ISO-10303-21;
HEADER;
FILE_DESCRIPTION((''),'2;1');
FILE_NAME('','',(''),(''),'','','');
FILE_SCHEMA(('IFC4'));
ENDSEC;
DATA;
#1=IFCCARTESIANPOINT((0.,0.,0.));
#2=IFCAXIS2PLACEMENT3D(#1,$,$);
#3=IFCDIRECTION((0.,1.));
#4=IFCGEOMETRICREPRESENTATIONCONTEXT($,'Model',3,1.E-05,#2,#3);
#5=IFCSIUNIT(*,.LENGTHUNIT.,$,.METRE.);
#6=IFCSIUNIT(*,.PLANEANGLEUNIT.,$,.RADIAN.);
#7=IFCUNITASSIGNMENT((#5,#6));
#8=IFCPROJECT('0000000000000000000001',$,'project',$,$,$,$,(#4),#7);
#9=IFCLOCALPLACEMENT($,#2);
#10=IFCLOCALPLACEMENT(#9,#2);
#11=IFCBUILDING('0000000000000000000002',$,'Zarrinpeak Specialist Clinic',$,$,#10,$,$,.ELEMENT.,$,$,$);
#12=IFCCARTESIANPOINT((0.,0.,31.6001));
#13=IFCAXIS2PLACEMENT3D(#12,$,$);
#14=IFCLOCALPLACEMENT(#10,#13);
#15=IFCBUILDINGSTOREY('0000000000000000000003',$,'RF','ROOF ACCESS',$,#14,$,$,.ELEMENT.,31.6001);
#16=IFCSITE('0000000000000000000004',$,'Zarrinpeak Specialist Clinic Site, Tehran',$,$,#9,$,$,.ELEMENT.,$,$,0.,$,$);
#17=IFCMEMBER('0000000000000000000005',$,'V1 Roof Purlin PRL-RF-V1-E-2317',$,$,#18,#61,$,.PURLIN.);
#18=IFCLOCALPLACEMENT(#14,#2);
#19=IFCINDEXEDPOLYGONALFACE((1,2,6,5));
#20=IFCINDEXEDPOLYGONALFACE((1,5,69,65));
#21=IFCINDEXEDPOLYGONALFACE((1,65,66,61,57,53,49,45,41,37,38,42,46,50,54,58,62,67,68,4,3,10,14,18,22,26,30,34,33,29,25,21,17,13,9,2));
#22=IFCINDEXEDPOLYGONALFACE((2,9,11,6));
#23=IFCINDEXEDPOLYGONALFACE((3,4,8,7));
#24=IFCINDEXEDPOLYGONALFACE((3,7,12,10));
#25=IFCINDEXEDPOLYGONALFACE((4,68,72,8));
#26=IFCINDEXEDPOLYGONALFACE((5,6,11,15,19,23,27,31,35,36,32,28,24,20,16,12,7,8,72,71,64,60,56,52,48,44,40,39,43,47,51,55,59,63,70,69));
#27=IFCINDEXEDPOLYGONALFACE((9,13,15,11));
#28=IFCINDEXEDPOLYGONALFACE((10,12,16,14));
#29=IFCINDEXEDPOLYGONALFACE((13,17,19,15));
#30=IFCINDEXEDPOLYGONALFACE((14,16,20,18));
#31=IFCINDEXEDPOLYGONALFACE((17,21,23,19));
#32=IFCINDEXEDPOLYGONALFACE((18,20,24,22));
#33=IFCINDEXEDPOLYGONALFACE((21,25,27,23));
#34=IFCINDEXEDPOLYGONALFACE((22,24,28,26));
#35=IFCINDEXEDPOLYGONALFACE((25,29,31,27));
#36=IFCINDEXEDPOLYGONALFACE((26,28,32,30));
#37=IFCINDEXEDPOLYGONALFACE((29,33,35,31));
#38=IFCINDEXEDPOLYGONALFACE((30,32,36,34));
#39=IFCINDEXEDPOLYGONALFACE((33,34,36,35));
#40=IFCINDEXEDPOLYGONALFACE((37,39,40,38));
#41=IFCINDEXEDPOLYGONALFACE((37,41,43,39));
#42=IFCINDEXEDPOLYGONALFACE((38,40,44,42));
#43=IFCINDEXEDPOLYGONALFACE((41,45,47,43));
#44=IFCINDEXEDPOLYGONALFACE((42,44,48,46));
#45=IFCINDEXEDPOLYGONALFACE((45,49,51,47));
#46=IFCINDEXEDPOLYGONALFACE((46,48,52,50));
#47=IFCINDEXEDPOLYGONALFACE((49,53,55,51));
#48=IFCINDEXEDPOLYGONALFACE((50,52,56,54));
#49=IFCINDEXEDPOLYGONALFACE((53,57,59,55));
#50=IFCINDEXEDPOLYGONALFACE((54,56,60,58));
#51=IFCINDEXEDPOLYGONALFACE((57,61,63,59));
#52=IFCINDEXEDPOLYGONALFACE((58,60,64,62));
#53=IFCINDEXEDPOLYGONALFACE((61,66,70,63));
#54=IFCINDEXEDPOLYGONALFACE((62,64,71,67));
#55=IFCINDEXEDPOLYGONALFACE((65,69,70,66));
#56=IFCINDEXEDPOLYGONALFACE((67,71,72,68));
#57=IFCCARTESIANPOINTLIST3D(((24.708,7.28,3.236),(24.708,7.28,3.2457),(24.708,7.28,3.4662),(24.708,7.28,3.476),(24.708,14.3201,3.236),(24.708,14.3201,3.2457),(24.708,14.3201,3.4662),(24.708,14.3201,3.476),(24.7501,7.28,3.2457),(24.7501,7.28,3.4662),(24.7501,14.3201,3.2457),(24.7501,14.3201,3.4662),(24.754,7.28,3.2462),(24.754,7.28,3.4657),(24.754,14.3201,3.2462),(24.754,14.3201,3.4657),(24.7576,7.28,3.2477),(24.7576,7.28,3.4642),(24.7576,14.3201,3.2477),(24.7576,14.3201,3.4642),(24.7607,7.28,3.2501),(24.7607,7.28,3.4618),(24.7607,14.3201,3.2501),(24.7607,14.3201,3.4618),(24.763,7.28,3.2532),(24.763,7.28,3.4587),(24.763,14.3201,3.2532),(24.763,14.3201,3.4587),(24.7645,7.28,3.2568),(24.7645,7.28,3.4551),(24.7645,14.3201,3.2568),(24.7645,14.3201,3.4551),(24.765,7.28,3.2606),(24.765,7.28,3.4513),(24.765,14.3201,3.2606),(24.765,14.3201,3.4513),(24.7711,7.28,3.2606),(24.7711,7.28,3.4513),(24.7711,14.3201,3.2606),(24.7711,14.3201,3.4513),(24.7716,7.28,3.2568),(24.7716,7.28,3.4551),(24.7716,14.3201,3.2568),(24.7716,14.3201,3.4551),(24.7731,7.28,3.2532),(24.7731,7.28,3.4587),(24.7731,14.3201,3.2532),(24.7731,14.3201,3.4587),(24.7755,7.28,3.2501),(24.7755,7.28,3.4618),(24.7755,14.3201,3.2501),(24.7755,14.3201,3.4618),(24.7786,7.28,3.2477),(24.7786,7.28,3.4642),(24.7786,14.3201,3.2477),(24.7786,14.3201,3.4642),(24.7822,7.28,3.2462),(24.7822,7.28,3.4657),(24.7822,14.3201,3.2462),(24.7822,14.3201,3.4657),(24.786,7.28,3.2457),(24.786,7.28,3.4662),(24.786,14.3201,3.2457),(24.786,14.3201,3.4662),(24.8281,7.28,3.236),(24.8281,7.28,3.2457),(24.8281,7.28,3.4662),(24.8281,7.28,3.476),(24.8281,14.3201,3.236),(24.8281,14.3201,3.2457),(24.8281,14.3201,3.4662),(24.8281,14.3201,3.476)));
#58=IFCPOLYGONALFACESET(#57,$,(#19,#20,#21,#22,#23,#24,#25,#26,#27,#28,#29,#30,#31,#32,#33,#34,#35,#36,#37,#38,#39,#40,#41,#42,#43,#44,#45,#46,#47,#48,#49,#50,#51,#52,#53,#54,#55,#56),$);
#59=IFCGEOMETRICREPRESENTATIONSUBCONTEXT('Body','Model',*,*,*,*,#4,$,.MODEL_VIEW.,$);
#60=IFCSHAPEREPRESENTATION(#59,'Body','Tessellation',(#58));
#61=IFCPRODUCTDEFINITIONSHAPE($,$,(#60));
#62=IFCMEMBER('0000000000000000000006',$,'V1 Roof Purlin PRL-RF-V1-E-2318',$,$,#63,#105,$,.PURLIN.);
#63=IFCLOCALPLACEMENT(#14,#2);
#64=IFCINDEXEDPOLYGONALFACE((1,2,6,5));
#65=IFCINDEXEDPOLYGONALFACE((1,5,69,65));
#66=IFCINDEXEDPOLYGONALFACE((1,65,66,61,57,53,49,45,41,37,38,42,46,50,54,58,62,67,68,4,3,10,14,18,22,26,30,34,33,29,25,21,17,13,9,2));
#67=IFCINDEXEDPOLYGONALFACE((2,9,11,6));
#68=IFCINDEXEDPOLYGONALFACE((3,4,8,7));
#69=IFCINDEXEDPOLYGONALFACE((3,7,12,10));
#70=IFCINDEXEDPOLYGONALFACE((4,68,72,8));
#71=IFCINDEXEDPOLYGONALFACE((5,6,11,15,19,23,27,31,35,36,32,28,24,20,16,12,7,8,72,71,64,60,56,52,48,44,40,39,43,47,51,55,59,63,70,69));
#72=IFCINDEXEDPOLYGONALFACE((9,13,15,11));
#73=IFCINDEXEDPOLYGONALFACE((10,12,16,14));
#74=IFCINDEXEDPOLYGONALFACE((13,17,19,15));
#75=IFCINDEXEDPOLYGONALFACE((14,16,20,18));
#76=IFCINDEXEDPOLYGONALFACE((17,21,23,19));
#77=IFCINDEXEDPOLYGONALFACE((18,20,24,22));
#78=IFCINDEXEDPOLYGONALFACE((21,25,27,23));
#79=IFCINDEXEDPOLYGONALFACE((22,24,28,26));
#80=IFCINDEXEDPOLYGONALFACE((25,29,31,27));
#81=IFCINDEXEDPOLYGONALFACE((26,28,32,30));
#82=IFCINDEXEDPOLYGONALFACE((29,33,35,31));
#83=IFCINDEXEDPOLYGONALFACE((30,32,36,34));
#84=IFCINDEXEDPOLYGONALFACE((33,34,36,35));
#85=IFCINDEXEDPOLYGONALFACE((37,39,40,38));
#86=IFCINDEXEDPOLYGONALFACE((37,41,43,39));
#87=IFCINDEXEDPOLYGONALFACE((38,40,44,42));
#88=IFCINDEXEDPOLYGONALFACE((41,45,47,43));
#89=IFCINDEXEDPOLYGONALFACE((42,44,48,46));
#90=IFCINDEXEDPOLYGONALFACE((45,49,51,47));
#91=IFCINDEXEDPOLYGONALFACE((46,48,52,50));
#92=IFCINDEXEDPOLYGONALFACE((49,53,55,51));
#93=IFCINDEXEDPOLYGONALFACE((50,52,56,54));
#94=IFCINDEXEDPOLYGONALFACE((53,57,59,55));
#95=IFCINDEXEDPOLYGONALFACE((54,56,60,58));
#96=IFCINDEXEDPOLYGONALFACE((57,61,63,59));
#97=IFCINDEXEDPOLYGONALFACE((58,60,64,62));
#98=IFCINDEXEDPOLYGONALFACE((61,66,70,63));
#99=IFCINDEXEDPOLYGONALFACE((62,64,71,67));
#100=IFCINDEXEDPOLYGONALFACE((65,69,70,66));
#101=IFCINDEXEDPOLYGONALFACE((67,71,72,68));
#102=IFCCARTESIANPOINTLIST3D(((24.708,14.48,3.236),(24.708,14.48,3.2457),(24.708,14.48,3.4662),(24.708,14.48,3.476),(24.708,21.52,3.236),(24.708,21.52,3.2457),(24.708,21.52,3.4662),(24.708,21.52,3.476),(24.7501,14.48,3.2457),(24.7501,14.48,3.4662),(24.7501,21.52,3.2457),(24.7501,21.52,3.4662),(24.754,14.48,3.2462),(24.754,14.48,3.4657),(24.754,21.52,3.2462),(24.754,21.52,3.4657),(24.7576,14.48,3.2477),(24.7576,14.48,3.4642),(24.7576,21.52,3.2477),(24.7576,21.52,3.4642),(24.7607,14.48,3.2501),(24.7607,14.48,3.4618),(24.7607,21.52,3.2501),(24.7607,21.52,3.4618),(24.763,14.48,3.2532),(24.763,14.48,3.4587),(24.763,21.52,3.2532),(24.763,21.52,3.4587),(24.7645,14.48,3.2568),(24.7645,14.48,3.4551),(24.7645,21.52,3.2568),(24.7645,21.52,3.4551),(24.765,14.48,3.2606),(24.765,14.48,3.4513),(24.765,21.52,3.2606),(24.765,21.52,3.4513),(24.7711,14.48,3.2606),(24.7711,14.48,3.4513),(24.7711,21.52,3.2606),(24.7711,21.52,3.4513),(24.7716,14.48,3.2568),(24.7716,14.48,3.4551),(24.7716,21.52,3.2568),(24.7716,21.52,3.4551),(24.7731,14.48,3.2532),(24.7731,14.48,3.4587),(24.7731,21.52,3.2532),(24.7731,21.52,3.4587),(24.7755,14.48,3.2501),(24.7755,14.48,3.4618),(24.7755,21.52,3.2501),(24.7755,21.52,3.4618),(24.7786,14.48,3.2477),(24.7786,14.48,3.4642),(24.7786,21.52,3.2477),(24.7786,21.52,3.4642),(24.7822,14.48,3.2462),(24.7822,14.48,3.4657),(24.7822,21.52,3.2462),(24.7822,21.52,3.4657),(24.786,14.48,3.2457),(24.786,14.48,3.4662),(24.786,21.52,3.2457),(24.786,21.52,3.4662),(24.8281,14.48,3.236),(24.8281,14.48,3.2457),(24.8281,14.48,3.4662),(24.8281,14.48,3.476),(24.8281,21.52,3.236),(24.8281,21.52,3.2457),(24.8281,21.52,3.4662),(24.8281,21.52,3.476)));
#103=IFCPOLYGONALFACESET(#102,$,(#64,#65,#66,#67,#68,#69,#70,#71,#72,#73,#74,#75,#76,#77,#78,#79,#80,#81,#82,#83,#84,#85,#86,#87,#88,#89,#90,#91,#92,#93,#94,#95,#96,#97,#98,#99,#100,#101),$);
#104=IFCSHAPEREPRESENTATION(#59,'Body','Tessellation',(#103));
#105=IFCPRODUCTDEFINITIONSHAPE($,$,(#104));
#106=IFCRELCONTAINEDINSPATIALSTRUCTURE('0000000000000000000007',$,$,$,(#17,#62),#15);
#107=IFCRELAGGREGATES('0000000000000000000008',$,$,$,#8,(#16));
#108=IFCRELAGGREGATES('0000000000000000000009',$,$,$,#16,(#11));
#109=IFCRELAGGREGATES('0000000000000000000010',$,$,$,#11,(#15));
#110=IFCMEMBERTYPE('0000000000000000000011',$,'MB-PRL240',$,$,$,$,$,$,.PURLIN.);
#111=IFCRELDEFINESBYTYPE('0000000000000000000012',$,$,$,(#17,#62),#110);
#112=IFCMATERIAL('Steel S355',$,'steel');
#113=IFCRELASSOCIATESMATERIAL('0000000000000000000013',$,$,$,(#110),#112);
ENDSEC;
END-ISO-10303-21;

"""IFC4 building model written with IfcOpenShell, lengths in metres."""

from ifc_helpers import new_model, si_unit, direction, frame, origin, origin_2d, place, context, subcontext, project, spatial, i_section, extrude, material, material_profile, profile_set, type_object, element, save


model = new_model("IFC4")

# Units and contexts
model_context = context("Model", 3, precision=1e-05, world=origin(), true_north=direction((0.0, 1.0)))
body_context = subcontext(model_context, "Body", "Model", "MODEL_VIEW")
ifc_project = project(units=[si_unit("LENGTHUNIT", "METRE"), si_unit("PLANEANGLEUNIT", "RADIAN")], contexts=[model_context])

# Site, building, storey
site_placement = place(None, origin())
site = spatial("IfcSite", under=ifc_project, at=site_placement, Name="Zarrinpeak Specialist Clinic Site, Tehran", CompositionType="ELEMENT", RefElevation=0.0)
building_placement = place(site_placement, origin())
building = spatial("IfcBuilding", under=site, at=building_placement, Name="Zarrinpeak Specialist Clinic", CompositionType="ELEMENT")
storey_placement = place(building_placement, frame((0.0, 0.0, 31.6001)))
storey = spatial("IfcBuildingStorey", under=building, at=storey_placement, Name="RF", Description="ROOF ACCESS", CompositionType="ELEMENT", Elevation=31.6001)

# Shared definitions
ifc_material = material(Name="Steel S355", Category="steel")

# Members
ifc_material_profile_1 = material_profile(ifc_material, i_section(OverallWidth=0.1201, OverallDepth=0.24, WebThickness=0.0061, FlangeThickness=0.0098, FilletRadius=0.0149, at=origin_2d()), Name="IPE 240")
ifc_profile_set_1 = profile_set([ifc_material_profile_1], Name="Steel S355")
member_type_1 = type_object("IfcMemberType", Name="MB-PRL240", PredefinedType="PURLIN", material=ifc_profile_set_1)
for number, where, z_axis, x_axis, name in (
    (1, (24.7681, 7.28, 3.356), (0.0, 1.0, 0.0), (-1.0, 0.0, 0.0), "V1 Roof Purlin PRL-RF-V1-E-2317"),
    (2, (24.7681, 14.48, 3.356), (0.0, 1.0, 0.0), (-1.0, 0.0, 0.0), "V1 Roof Purlin PRL-RF-V1-E-2318"),
):
    element("IfcMember", number, at=place(storey_placement, frame(where, z_axis=z_axis, x_axis=x_axis)), inside=storey, type_object=member_type_1, Name=name, PredefinedType="PURLIN", context=body_context, shape_type="SweptSolid", body=[
        extrude(i_section(OverallWidth=0.1201, OverallDepth=0.24, WebThickness=0.0061, FlangeThickness=0.0098, FilletRadius=0.0149, at=origin_2d()), origin(), (0.0, 0.0, 1.0), 7.04),
    ])

save(model, "model.ifc")
